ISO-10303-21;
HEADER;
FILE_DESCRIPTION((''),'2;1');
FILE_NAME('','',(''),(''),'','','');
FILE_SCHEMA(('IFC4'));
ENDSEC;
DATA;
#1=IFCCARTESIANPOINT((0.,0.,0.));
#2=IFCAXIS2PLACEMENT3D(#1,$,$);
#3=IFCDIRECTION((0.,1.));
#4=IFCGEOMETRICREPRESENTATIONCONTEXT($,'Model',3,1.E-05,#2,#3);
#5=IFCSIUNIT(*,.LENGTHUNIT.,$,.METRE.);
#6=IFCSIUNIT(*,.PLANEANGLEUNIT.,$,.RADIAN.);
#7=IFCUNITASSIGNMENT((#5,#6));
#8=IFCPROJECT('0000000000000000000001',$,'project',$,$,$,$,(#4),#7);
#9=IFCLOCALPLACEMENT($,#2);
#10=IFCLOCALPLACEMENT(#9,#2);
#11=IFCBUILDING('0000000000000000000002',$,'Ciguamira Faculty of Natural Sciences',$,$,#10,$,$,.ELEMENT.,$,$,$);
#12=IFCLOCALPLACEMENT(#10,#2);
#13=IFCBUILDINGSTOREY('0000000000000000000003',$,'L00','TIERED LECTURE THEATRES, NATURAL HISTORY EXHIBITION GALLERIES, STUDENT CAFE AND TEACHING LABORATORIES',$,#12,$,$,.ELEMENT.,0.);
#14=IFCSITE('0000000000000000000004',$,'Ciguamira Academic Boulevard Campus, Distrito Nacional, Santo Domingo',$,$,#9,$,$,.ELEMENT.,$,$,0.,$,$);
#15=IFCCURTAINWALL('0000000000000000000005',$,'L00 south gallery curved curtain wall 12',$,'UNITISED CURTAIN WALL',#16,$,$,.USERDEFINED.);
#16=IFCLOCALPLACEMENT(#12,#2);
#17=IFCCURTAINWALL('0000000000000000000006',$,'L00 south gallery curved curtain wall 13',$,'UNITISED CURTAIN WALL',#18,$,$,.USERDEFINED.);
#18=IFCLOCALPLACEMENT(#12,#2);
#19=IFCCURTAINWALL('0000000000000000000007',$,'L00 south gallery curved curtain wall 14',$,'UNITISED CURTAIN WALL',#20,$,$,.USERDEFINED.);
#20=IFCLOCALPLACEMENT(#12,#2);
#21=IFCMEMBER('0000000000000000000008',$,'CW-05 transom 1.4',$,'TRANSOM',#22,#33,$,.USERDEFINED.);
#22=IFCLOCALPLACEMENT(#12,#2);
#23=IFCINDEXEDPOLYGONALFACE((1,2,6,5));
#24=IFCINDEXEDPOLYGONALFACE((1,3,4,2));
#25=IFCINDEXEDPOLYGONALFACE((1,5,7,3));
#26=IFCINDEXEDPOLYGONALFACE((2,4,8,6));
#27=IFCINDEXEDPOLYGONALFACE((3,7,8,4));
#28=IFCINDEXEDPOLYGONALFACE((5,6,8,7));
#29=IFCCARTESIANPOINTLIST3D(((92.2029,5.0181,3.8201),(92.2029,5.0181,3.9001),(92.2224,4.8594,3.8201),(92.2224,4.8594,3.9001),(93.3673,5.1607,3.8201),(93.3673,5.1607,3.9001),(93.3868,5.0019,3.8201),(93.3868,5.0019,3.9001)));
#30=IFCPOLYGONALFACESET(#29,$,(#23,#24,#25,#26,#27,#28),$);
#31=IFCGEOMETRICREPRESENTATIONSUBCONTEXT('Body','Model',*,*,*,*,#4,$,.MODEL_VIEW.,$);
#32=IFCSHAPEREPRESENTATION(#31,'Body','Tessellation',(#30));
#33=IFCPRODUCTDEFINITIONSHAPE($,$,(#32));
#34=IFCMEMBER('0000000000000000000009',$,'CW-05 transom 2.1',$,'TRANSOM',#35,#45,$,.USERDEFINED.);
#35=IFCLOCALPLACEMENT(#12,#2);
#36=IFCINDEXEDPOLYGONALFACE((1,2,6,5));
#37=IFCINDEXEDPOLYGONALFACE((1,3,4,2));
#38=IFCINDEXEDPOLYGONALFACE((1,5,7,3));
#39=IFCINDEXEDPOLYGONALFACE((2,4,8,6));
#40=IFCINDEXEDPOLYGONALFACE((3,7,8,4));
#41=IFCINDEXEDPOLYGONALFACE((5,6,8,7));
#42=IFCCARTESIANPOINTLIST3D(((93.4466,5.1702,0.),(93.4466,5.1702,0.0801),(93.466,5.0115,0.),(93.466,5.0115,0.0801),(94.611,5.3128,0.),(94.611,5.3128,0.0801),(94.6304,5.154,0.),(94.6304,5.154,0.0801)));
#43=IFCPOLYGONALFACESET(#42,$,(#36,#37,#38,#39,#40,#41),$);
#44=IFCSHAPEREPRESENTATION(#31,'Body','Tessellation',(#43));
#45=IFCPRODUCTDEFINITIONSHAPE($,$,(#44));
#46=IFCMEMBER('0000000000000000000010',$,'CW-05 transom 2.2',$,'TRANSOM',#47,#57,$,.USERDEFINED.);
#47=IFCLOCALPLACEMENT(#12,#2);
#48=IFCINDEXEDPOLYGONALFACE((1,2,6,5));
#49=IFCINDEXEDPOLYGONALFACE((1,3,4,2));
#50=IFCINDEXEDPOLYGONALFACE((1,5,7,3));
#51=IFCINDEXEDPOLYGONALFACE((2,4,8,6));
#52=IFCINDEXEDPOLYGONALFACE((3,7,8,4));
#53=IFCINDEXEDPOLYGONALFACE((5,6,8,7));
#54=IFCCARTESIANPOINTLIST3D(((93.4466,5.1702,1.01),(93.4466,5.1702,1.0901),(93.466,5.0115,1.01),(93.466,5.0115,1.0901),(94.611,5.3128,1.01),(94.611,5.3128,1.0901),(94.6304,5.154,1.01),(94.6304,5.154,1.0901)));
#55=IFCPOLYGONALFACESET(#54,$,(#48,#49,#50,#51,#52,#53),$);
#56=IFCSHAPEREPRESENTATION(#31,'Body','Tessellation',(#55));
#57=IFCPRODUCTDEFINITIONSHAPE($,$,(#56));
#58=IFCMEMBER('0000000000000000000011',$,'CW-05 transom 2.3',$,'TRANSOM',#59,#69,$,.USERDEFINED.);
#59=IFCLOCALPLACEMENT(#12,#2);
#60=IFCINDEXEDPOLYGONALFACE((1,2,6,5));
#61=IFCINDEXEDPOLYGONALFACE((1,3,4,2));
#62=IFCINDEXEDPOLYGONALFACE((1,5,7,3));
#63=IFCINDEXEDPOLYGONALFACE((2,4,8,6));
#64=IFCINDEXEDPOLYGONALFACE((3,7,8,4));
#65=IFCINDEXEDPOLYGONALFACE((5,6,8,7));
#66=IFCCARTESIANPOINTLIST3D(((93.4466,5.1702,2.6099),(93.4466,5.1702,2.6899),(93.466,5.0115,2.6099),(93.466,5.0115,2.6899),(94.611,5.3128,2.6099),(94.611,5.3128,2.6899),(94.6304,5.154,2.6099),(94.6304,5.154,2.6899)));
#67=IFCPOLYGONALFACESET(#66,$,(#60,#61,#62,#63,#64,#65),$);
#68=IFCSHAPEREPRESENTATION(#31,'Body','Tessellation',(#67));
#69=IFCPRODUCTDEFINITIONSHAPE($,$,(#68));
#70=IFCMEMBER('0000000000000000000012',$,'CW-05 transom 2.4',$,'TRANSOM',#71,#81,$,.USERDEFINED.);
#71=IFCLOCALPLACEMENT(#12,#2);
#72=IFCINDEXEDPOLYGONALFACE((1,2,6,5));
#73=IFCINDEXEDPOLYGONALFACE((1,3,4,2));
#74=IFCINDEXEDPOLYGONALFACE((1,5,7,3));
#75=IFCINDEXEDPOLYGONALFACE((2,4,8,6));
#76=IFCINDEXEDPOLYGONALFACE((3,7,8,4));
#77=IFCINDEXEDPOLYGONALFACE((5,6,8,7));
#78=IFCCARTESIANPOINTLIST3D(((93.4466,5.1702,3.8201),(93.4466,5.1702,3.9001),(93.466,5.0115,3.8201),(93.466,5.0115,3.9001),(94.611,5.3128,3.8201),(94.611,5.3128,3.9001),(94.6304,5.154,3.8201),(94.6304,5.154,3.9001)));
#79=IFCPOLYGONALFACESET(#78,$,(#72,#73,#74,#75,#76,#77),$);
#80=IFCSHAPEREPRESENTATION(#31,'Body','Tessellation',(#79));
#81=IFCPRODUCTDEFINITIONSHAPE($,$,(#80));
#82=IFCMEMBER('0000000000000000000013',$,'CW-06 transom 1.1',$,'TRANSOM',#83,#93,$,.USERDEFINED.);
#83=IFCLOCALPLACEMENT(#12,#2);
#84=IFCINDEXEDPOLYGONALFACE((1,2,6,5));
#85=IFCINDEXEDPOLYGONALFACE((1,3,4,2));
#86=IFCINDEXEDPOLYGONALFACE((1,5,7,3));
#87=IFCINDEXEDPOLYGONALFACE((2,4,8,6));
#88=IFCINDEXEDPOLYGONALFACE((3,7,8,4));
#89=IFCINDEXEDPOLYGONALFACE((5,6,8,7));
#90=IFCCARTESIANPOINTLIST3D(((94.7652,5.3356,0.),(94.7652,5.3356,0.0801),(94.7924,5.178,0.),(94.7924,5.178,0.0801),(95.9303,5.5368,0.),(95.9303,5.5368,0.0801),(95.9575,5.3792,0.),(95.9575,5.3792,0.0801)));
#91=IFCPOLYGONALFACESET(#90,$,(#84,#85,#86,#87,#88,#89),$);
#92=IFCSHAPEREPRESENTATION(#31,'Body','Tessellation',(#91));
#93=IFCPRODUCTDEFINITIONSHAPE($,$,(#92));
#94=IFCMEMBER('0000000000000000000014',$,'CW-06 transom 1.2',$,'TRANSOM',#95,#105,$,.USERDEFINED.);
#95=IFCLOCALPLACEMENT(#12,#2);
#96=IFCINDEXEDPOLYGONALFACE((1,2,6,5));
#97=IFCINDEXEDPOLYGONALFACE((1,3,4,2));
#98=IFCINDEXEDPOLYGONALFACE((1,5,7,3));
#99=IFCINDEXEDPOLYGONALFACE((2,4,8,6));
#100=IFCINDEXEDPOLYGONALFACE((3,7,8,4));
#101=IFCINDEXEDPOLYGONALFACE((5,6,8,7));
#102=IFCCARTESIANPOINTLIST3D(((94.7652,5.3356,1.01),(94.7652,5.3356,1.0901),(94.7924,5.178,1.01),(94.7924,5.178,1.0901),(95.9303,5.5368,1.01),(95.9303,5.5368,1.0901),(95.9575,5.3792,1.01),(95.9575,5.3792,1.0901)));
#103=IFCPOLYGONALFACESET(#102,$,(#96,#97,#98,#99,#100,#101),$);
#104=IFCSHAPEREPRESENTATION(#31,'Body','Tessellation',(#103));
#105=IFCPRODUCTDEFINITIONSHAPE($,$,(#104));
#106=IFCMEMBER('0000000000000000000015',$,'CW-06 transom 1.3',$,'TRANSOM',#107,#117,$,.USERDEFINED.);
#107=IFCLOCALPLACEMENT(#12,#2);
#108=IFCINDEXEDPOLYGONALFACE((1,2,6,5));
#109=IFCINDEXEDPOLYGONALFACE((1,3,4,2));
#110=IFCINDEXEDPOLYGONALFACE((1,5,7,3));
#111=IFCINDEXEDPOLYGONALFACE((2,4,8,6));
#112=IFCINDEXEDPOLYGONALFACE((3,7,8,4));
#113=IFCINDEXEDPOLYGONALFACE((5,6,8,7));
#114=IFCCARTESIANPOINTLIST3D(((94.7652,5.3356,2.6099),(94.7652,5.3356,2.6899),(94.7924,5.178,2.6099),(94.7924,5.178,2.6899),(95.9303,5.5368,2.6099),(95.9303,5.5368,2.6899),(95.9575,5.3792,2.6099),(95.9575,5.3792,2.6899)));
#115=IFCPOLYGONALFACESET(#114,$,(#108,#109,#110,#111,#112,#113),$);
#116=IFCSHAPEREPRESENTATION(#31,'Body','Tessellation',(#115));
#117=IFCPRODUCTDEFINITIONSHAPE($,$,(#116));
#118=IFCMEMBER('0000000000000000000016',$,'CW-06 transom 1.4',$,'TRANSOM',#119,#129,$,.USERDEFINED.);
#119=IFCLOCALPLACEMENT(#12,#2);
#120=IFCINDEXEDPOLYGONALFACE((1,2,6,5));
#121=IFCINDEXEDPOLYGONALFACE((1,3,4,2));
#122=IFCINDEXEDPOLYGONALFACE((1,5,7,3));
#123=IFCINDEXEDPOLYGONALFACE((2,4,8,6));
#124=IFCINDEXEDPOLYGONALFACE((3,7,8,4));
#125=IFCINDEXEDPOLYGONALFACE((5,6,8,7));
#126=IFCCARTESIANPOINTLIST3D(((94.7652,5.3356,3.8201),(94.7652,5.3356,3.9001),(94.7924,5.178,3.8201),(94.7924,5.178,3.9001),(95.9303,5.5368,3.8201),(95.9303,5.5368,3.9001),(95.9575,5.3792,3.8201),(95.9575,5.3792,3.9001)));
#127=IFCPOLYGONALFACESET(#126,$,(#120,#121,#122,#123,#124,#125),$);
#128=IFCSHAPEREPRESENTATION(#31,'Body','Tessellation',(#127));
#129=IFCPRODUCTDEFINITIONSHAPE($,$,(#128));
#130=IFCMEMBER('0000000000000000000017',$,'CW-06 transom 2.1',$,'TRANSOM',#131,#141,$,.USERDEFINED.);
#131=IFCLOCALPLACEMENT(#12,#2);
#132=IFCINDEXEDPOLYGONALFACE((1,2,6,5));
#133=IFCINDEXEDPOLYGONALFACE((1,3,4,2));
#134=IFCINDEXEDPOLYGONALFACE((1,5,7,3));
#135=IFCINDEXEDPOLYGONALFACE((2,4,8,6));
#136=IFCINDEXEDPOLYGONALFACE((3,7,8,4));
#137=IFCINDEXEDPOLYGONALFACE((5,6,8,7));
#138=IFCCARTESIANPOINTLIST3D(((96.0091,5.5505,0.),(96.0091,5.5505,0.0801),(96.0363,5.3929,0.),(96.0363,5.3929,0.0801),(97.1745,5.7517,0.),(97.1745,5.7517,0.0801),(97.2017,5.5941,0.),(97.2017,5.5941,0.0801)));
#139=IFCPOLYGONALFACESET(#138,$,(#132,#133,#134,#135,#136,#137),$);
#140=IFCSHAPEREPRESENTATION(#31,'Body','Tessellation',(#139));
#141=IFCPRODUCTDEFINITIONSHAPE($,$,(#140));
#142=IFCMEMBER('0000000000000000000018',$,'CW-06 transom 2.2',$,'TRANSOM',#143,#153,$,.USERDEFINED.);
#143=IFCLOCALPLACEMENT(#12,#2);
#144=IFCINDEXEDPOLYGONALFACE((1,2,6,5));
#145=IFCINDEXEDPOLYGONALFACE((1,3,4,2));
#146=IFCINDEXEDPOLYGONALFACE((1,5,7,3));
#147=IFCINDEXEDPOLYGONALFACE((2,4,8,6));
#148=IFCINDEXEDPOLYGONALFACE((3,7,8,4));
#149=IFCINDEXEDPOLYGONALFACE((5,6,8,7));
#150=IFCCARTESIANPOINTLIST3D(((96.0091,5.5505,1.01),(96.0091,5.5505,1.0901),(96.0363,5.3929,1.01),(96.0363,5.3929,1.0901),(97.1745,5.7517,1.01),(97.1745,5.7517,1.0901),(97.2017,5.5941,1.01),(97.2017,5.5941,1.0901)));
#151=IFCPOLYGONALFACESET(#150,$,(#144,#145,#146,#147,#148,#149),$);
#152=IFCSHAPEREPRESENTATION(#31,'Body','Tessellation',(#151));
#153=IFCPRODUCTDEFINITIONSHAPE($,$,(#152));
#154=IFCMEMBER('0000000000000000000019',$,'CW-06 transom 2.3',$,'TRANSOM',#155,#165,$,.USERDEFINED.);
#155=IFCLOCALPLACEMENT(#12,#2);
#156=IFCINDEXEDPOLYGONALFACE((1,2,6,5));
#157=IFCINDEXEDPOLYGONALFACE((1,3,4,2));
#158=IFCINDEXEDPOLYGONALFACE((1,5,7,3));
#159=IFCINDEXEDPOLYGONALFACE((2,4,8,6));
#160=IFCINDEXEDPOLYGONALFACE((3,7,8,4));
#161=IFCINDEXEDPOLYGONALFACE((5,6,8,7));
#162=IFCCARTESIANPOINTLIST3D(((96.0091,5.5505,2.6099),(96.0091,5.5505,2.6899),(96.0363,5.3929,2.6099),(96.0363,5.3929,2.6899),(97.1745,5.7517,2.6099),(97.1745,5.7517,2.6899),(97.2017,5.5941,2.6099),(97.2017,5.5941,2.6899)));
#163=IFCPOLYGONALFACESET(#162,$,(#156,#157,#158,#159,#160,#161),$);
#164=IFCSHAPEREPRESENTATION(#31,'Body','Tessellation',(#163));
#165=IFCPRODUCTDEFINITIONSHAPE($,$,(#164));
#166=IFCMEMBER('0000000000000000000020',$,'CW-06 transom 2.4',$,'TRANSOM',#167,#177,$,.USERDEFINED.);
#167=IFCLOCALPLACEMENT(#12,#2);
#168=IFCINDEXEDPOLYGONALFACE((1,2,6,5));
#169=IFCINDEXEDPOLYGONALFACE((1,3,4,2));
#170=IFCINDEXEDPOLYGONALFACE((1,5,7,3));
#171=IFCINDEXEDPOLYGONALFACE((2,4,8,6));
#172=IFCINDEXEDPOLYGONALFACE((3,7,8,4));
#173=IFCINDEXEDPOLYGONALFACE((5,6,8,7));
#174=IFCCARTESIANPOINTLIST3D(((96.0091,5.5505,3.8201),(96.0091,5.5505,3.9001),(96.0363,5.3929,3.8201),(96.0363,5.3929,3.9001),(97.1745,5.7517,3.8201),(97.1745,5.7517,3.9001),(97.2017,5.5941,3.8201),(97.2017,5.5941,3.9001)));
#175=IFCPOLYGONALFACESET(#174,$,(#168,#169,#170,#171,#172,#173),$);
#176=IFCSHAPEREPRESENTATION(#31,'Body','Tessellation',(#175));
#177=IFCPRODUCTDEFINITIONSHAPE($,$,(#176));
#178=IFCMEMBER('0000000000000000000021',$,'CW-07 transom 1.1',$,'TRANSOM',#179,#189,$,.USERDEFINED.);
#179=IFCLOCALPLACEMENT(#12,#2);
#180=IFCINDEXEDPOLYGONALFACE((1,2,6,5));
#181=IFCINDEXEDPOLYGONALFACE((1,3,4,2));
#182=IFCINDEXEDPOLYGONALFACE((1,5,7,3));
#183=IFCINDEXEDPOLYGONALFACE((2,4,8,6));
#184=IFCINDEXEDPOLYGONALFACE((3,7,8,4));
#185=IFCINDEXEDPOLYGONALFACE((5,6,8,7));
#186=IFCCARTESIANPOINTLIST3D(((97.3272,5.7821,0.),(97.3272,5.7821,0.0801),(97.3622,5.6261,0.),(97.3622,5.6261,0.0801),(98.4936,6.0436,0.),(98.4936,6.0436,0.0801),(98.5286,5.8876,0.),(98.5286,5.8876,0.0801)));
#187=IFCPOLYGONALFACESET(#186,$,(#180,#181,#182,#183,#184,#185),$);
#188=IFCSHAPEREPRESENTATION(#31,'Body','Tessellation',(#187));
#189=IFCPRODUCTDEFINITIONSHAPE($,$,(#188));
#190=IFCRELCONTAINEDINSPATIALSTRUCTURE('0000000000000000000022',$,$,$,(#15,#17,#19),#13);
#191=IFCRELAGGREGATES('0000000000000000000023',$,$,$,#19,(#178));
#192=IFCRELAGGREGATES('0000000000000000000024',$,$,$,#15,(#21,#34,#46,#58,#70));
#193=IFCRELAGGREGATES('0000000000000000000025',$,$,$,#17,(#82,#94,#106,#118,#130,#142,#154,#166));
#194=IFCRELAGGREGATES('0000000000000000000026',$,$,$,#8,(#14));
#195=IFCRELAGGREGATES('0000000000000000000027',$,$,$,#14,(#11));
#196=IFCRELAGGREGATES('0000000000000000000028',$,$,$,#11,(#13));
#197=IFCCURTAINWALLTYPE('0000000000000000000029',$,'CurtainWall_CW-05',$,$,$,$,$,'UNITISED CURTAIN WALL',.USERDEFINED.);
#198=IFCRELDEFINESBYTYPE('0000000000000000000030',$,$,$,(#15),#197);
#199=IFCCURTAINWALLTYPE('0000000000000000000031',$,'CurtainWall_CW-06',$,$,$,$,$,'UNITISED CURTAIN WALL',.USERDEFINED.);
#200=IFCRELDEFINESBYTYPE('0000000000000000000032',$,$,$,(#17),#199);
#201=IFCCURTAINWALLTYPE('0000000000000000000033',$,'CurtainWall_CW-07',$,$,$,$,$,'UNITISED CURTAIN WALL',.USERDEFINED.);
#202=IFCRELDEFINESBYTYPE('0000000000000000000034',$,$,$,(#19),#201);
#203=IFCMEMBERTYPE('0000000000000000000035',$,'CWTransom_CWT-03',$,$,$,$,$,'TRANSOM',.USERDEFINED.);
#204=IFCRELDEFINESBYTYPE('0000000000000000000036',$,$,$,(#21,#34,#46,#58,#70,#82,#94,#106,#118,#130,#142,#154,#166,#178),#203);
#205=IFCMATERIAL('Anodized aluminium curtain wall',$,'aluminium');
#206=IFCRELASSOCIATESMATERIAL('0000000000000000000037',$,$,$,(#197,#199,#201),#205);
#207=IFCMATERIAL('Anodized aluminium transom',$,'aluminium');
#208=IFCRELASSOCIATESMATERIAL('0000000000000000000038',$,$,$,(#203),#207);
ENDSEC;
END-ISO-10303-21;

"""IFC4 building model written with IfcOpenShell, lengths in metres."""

from ifc_helpers import new_model, si_unit, direction, frame, origin, origin_2d, place, context, subcontext, project, spatial, rectangle, extrude, material, material_profile, profile_set, type_object, element, aggregate, save


model = new_model("IFC4")

# Units and contexts
model_context = context("Model", 3, precision=1e-05, world=origin(), true_north=direction((0.0, 1.0)))
body_context = subcontext(model_context, "Body", "Model", "MODEL_VIEW")
ifc_project = project(units=[si_unit("LENGTHUNIT", "METRE"), si_unit("PLANEANGLEUNIT", "RADIAN")], contexts=[model_context])

# Site, building, storey
site_placement = place(None, origin())
site = spatial("IfcSite", under=ifc_project, at=site_placement, Name="Ciguamira Academic Boulevard Campus, Distrito Nacional, Santo Domingo", CompositionType="ELEMENT", RefElevation=0.0)
building_placement = place(site_placement, origin())
building = spatial("IfcBuilding", under=site, at=building_placement, Name="Ciguamira Faculty of Natural Sciences", CompositionType="ELEMENT")
storey_placement = place(building_placement, origin())
storey = spatial("IfcBuildingStorey", under=building, at=storey_placement, Name="L00", Description="TIERED LECTURE THEATRES, NATURAL HISTORY EXHIBITION GALLERIES, STUDENT CAFE AND TEACHING LABORATORIES", CompositionType="ELEMENT", Elevation=0.0)

# Shared definitions
ifc_material_1 = material(Name="Anodized aluminium curtain wall", Category="aluminium")

# Curtain walls
curtain_wall_type_1 = type_object("IfcCurtainWallType", Name="CurtainWall_CW-05", ElementType="UNITISED CURTAIN WALL", PredefinedType="USERDEFINED", material=ifc_material_1)
curtain_wall_1_placement = place(storey_placement, origin())
curtain_wall_1 = element("IfcCurtainWall", 1, at=curtain_wall_1_placement, inside=storey, type_object=curtain_wall_type_1, Name="L00 south gallery curved curtain wall 12", ObjectType="UNITISED CURTAIN WALL", PredefinedType="USERDEFINED")
curtain_wall_type_2 = type_object("IfcCurtainWallType", Name="CurtainWall_CW-06", ElementType="UNITISED CURTAIN WALL", PredefinedType="USERDEFINED", material=ifc_material_1)
curtain_wall_2_placement = place(storey_placement, origin())
curtain_wall_2 = element("IfcCurtainWall", 2, at=curtain_wall_2_placement, inside=storey, type_object=curtain_wall_type_2, Name="L00 south gallery curved curtain wall 13", ObjectType="UNITISED CURTAIN WALL", PredefinedType="USERDEFINED")

# Curtain wall
curtain_wall_type_3 = type_object("IfcCurtainWallType", Name="CurtainWall_CW-07", ElementType="UNITISED CURTAIN WALL", PredefinedType="USERDEFINED", material=ifc_material_1)
curtain_wall_3_placement = place(storey_placement, origin())
curtain_wall_3 = element("IfcCurtainWall", 3, at=curtain_wall_3_placement, inside=storey, type_object=curtain_wall_type_3, Name="L00 south gallery curved curtain wall 14", ObjectType="UNITISED CURTAIN WALL", PredefinedType="USERDEFINED")

# Members
ifc_material_2 = material(Name="Anodized aluminium transom", Category="aluminium")
ifc_material_profile_1 = material_profile(ifc_material_2, rectangle(XDim=0.0801, YDim=0.1599, at=origin_2d()), Name="ALU-TRN-80X160")
ifc_profile_set_1 = profile_set([ifc_material_profile_1], Name="Anodized aluminium transom")
member_type_1 = type_object("IfcMemberType", Name="CWTransom_CWT-03", ElementType="TRANSOM", PredefinedType="USERDEFINED", material=ifc_profile_set_1)
member_1_placement = place(storey_placement, frame((92.2126, 4.9387, 3.8601), z_axis=(0.992585, 0.12155, 0.0), x_axis=(0.0, 0.0, 1.0)))
member_1 = element("IfcMember", 4, at=member_1_placement, type_object=member_type_1, Name="CW-05 transom 1.4", ObjectType="TRANSOM", PredefinedType="USERDEFINED", context=body_context, shape_type="SweptSolid", body=[
    extrude(rectangle(XDim=0.0801, YDim=0.1599, at=origin_2d()), origin(), (0.0, 0.0, 1.0), 1.1731),
])
member_2_placement = place(storey_placement, frame((93.4563, 5.0908, 0.04), z_axis=(0.992585, 0.12155, 0.0), x_axis=(0.0, 0.0, 1.0)))
member_2 = element("IfcMember", 5, at=member_2_placement, type_object=member_type_1, Name="CW-05 transom 2.1", ObjectType="TRANSOM", PredefinedType="USERDEFINED", context=body_context, shape_type="SweptSolid", body=[
    extrude(rectangle(XDim=0.0801, YDim=0.1599, at=origin_2d()), origin(), (0.0, 0.0, 1.0), 1.1731),
])
member_3_placement = place(storey_placement, frame((93.4563, 5.0908, 1.05), z_axis=(0.992585, 0.12155, 0.0), x_axis=(0.0, 0.0, 1.0)))
member_3 = element("IfcMember", 6, at=member_3_placement, type_object=member_type_1, Name="CW-05 transom 2.2", ObjectType="TRANSOM", PredefinedType="USERDEFINED", context=body_context, shape_type="SweptSolid", body=[
    extrude(rectangle(XDim=0.0801, YDim=0.1599, at=origin_2d()), origin(), (0.0, 0.0, 1.0), 1.1731),
])
member_4_placement = place(storey_placement, frame((93.4563, 5.0908, 2.6499), z_axis=(0.992585, 0.12155, 0.0), x_axis=(0.0, 0.0, 1.0)))
member_4 = element("IfcMember", 7, at=member_4_placement, type_object=member_type_1, Name="CW-05 transom 2.3", ObjectType="TRANSOM", PredefinedType="USERDEFINED", context=body_context, shape_type="SweptSolid", body=[
    extrude(rectangle(XDim=0.0801, YDim=0.1599, at=origin_2d()), origin(), (0.0, 0.0, 1.0), 1.1731),
])
member_5_placement = place(storey_placement, frame((93.4563, 5.0908, 3.8601), z_axis=(0.992585, 0.12155, 0.0), x_axis=(0.0, 0.0, 1.0)))
member_5 = element("IfcMember", 8, at=member_5_placement, type_object=member_type_1, Name="CW-05 transom 2.4", ObjectType="TRANSOM", PredefinedType="USERDEFINED", context=body_context, shape_type="SweptSolid", body=[
    extrude(rectangle(XDim=0.0801, YDim=0.1599, at=origin_2d()), origin(), (0.0, 0.0, 1.0), 1.1731),
])
member_6_placement = place(storey_placement, frame((94.7788, 5.2568, 0.04), z_axis=(0.985417, 0.170156, 0.0), x_axis=(0.0, 0.0, 1.0)))
member_6 = element("IfcMember", 9, at=member_6_placement, type_object=member_type_1, Name="CW-06 transom 1.1", ObjectType="TRANSOM", PredefinedType="USERDEFINED", context=body_context, shape_type="SweptSolid", body=[
    extrude(rectangle(XDim=0.0801, YDim=0.1599, at=origin_2d()), origin(), (0.0, 0.0, 1.0), 1.1824),
])
member_7_placement = place(storey_placement, frame((94.7788, 5.2568, 1.05), z_axis=(0.985417, 0.170156, 0.0), x_axis=(0.0, 0.0, 1.0)))
member_7 = element("IfcMember", 10, at=member_7_placement, type_object=member_type_1, Name="CW-06 transom 1.2", ObjectType="TRANSOM", PredefinedType="USERDEFINED", context=body_context, shape_type="SweptSolid", body=[
    extrude(rectangle(XDim=0.0801, YDim=0.1599, at=origin_2d()), origin(), (0.0, 0.0, 1.0), 1.1824),
])
member_8_placement = place(storey_placement, frame((94.7788, 5.2568, 2.6499), z_axis=(0.985417, 0.170156, 0.0), x_axis=(0.0, 0.0, 1.0)))
member_8 = element("IfcMember", 11, at=member_8_placement, type_object=member_type_1, Name="CW-06 transom 1.3", ObjectType="TRANSOM", PredefinedType="USERDEFINED", context=body_context, shape_type="SweptSolid", body=[
    extrude(rectangle(XDim=0.0801, YDim=0.1599, at=origin_2d()), origin(), (0.0, 0.0, 1.0), 1.1824),
])
member_9_placement = place(storey_placement, frame((94.7788, 5.2568, 3.8601), z_axis=(0.985417, 0.170156, 0.0), x_axis=(0.0, 0.0, 1.0)))
member_9 = element("IfcMember", 12, at=member_9_placement, type_object=member_type_1, Name="CW-06 transom 1.4", ObjectType="TRANSOM", PredefinedType="USERDEFINED", context=body_context, shape_type="SweptSolid", body=[
    extrude(rectangle(XDim=0.0801, YDim=0.1599, at=origin_2d()), origin(), (0.0, 0.0, 1.0), 1.1824),
])
member_10_placement = place(storey_placement, frame((96.0227, 5.4717, 0.04), z_axis=(0.985423, 0.170121, 0.0), x_axis=(0.0, 0.0, 1.0)))
member_10 = element("IfcMember", 13, at=member_10_placement, type_object=member_type_1, Name="CW-06 transom 2.1", ObjectType="TRANSOM", PredefinedType="USERDEFINED", context=body_context, shape_type="SweptSolid", body=[
    extrude(rectangle(XDim=0.0801, YDim=0.1599, at=origin_2d()), origin(), (0.0, 0.0, 1.0), 1.1826),
])
member_11_placement = place(storey_placement, frame((96.0227, 5.4717, 1.05), z_axis=(0.985423, 0.170121, 0.0), x_axis=(0.0, 0.0, 1.0)))
member_11 = element("IfcMember", 14, at=member_11_placement, type_object=member_type_1, Name="CW-06 transom 2.2", ObjectType="TRANSOM", PredefinedType="USERDEFINED", context=body_context, shape_type="SweptSolid", body=[
    extrude(rectangle(XDim=0.0801, YDim=0.1599, at=origin_2d()), origin(), (0.0, 0.0, 1.0), 1.1826),
])
member_12_placement = place(storey_placement, frame((96.0227, 5.4717, 2.6499), z_axis=(0.985423, 0.170121, 0.0), x_axis=(0.0, 0.0, 1.0)))
member_12 = element("IfcMember", 15, at=member_12_placement, type_object=member_type_1, Name="CW-06 transom 2.3", ObjectType="TRANSOM", PredefinedType="USERDEFINED", context=body_context, shape_type="SweptSolid", body=[
    extrude(rectangle(XDim=0.0801, YDim=0.1599, at=origin_2d()), origin(), (0.0, 0.0, 1.0), 1.1826),
])
member_13_placement = place(storey_placement, frame((96.0227, 5.4717, 3.8601), z_axis=(0.985423, 0.170121, 0.0), x_axis=(0.0, 0.0, 1.0)))
member_13 = element("IfcMember", 16, at=member_13_placement, type_object=member_type_1, Name="CW-06 transom 2.4", ObjectType="TRANSOM", PredefinedType="USERDEFINED", context=body_context, shape_type="SweptSolid", body=[
    extrude(rectangle(XDim=0.0801, YDim=0.1599, at=origin_2d()), origin(), (0.0, 0.0, 1.0), 1.1826),
])
member_14_placement = place(storey_placement, frame((97.3447, 5.7041, 0.04), z_axis=(0.975777, 0.218768, 0.0), x_axis=(0.0, 0.0, 1.0)))
member_14 = element("IfcMember", 17, at=member_14_placement, type_object=member_type_1, Name="CW-07 transom 1.1", ObjectType="TRANSOM", PredefinedType="USERDEFINED", context=body_context, shape_type="SweptSolid", body=[
    extrude(rectangle(XDim=0.0801, YDim=0.1599, at=origin_2d()), origin(), (0.0, 0.0, 1.0), 1.1953),
])
aggregate(curtain_wall_3, [member_14])

aggregate(curtain_wall_1, [member_1, member_2, member_3, member_4, member_5])
aggregate(curtain_wall_2, [member_6, member_7, member_8, member_9, member_10, member_11, member_12, member_13])

save(model, "model.ifc")
